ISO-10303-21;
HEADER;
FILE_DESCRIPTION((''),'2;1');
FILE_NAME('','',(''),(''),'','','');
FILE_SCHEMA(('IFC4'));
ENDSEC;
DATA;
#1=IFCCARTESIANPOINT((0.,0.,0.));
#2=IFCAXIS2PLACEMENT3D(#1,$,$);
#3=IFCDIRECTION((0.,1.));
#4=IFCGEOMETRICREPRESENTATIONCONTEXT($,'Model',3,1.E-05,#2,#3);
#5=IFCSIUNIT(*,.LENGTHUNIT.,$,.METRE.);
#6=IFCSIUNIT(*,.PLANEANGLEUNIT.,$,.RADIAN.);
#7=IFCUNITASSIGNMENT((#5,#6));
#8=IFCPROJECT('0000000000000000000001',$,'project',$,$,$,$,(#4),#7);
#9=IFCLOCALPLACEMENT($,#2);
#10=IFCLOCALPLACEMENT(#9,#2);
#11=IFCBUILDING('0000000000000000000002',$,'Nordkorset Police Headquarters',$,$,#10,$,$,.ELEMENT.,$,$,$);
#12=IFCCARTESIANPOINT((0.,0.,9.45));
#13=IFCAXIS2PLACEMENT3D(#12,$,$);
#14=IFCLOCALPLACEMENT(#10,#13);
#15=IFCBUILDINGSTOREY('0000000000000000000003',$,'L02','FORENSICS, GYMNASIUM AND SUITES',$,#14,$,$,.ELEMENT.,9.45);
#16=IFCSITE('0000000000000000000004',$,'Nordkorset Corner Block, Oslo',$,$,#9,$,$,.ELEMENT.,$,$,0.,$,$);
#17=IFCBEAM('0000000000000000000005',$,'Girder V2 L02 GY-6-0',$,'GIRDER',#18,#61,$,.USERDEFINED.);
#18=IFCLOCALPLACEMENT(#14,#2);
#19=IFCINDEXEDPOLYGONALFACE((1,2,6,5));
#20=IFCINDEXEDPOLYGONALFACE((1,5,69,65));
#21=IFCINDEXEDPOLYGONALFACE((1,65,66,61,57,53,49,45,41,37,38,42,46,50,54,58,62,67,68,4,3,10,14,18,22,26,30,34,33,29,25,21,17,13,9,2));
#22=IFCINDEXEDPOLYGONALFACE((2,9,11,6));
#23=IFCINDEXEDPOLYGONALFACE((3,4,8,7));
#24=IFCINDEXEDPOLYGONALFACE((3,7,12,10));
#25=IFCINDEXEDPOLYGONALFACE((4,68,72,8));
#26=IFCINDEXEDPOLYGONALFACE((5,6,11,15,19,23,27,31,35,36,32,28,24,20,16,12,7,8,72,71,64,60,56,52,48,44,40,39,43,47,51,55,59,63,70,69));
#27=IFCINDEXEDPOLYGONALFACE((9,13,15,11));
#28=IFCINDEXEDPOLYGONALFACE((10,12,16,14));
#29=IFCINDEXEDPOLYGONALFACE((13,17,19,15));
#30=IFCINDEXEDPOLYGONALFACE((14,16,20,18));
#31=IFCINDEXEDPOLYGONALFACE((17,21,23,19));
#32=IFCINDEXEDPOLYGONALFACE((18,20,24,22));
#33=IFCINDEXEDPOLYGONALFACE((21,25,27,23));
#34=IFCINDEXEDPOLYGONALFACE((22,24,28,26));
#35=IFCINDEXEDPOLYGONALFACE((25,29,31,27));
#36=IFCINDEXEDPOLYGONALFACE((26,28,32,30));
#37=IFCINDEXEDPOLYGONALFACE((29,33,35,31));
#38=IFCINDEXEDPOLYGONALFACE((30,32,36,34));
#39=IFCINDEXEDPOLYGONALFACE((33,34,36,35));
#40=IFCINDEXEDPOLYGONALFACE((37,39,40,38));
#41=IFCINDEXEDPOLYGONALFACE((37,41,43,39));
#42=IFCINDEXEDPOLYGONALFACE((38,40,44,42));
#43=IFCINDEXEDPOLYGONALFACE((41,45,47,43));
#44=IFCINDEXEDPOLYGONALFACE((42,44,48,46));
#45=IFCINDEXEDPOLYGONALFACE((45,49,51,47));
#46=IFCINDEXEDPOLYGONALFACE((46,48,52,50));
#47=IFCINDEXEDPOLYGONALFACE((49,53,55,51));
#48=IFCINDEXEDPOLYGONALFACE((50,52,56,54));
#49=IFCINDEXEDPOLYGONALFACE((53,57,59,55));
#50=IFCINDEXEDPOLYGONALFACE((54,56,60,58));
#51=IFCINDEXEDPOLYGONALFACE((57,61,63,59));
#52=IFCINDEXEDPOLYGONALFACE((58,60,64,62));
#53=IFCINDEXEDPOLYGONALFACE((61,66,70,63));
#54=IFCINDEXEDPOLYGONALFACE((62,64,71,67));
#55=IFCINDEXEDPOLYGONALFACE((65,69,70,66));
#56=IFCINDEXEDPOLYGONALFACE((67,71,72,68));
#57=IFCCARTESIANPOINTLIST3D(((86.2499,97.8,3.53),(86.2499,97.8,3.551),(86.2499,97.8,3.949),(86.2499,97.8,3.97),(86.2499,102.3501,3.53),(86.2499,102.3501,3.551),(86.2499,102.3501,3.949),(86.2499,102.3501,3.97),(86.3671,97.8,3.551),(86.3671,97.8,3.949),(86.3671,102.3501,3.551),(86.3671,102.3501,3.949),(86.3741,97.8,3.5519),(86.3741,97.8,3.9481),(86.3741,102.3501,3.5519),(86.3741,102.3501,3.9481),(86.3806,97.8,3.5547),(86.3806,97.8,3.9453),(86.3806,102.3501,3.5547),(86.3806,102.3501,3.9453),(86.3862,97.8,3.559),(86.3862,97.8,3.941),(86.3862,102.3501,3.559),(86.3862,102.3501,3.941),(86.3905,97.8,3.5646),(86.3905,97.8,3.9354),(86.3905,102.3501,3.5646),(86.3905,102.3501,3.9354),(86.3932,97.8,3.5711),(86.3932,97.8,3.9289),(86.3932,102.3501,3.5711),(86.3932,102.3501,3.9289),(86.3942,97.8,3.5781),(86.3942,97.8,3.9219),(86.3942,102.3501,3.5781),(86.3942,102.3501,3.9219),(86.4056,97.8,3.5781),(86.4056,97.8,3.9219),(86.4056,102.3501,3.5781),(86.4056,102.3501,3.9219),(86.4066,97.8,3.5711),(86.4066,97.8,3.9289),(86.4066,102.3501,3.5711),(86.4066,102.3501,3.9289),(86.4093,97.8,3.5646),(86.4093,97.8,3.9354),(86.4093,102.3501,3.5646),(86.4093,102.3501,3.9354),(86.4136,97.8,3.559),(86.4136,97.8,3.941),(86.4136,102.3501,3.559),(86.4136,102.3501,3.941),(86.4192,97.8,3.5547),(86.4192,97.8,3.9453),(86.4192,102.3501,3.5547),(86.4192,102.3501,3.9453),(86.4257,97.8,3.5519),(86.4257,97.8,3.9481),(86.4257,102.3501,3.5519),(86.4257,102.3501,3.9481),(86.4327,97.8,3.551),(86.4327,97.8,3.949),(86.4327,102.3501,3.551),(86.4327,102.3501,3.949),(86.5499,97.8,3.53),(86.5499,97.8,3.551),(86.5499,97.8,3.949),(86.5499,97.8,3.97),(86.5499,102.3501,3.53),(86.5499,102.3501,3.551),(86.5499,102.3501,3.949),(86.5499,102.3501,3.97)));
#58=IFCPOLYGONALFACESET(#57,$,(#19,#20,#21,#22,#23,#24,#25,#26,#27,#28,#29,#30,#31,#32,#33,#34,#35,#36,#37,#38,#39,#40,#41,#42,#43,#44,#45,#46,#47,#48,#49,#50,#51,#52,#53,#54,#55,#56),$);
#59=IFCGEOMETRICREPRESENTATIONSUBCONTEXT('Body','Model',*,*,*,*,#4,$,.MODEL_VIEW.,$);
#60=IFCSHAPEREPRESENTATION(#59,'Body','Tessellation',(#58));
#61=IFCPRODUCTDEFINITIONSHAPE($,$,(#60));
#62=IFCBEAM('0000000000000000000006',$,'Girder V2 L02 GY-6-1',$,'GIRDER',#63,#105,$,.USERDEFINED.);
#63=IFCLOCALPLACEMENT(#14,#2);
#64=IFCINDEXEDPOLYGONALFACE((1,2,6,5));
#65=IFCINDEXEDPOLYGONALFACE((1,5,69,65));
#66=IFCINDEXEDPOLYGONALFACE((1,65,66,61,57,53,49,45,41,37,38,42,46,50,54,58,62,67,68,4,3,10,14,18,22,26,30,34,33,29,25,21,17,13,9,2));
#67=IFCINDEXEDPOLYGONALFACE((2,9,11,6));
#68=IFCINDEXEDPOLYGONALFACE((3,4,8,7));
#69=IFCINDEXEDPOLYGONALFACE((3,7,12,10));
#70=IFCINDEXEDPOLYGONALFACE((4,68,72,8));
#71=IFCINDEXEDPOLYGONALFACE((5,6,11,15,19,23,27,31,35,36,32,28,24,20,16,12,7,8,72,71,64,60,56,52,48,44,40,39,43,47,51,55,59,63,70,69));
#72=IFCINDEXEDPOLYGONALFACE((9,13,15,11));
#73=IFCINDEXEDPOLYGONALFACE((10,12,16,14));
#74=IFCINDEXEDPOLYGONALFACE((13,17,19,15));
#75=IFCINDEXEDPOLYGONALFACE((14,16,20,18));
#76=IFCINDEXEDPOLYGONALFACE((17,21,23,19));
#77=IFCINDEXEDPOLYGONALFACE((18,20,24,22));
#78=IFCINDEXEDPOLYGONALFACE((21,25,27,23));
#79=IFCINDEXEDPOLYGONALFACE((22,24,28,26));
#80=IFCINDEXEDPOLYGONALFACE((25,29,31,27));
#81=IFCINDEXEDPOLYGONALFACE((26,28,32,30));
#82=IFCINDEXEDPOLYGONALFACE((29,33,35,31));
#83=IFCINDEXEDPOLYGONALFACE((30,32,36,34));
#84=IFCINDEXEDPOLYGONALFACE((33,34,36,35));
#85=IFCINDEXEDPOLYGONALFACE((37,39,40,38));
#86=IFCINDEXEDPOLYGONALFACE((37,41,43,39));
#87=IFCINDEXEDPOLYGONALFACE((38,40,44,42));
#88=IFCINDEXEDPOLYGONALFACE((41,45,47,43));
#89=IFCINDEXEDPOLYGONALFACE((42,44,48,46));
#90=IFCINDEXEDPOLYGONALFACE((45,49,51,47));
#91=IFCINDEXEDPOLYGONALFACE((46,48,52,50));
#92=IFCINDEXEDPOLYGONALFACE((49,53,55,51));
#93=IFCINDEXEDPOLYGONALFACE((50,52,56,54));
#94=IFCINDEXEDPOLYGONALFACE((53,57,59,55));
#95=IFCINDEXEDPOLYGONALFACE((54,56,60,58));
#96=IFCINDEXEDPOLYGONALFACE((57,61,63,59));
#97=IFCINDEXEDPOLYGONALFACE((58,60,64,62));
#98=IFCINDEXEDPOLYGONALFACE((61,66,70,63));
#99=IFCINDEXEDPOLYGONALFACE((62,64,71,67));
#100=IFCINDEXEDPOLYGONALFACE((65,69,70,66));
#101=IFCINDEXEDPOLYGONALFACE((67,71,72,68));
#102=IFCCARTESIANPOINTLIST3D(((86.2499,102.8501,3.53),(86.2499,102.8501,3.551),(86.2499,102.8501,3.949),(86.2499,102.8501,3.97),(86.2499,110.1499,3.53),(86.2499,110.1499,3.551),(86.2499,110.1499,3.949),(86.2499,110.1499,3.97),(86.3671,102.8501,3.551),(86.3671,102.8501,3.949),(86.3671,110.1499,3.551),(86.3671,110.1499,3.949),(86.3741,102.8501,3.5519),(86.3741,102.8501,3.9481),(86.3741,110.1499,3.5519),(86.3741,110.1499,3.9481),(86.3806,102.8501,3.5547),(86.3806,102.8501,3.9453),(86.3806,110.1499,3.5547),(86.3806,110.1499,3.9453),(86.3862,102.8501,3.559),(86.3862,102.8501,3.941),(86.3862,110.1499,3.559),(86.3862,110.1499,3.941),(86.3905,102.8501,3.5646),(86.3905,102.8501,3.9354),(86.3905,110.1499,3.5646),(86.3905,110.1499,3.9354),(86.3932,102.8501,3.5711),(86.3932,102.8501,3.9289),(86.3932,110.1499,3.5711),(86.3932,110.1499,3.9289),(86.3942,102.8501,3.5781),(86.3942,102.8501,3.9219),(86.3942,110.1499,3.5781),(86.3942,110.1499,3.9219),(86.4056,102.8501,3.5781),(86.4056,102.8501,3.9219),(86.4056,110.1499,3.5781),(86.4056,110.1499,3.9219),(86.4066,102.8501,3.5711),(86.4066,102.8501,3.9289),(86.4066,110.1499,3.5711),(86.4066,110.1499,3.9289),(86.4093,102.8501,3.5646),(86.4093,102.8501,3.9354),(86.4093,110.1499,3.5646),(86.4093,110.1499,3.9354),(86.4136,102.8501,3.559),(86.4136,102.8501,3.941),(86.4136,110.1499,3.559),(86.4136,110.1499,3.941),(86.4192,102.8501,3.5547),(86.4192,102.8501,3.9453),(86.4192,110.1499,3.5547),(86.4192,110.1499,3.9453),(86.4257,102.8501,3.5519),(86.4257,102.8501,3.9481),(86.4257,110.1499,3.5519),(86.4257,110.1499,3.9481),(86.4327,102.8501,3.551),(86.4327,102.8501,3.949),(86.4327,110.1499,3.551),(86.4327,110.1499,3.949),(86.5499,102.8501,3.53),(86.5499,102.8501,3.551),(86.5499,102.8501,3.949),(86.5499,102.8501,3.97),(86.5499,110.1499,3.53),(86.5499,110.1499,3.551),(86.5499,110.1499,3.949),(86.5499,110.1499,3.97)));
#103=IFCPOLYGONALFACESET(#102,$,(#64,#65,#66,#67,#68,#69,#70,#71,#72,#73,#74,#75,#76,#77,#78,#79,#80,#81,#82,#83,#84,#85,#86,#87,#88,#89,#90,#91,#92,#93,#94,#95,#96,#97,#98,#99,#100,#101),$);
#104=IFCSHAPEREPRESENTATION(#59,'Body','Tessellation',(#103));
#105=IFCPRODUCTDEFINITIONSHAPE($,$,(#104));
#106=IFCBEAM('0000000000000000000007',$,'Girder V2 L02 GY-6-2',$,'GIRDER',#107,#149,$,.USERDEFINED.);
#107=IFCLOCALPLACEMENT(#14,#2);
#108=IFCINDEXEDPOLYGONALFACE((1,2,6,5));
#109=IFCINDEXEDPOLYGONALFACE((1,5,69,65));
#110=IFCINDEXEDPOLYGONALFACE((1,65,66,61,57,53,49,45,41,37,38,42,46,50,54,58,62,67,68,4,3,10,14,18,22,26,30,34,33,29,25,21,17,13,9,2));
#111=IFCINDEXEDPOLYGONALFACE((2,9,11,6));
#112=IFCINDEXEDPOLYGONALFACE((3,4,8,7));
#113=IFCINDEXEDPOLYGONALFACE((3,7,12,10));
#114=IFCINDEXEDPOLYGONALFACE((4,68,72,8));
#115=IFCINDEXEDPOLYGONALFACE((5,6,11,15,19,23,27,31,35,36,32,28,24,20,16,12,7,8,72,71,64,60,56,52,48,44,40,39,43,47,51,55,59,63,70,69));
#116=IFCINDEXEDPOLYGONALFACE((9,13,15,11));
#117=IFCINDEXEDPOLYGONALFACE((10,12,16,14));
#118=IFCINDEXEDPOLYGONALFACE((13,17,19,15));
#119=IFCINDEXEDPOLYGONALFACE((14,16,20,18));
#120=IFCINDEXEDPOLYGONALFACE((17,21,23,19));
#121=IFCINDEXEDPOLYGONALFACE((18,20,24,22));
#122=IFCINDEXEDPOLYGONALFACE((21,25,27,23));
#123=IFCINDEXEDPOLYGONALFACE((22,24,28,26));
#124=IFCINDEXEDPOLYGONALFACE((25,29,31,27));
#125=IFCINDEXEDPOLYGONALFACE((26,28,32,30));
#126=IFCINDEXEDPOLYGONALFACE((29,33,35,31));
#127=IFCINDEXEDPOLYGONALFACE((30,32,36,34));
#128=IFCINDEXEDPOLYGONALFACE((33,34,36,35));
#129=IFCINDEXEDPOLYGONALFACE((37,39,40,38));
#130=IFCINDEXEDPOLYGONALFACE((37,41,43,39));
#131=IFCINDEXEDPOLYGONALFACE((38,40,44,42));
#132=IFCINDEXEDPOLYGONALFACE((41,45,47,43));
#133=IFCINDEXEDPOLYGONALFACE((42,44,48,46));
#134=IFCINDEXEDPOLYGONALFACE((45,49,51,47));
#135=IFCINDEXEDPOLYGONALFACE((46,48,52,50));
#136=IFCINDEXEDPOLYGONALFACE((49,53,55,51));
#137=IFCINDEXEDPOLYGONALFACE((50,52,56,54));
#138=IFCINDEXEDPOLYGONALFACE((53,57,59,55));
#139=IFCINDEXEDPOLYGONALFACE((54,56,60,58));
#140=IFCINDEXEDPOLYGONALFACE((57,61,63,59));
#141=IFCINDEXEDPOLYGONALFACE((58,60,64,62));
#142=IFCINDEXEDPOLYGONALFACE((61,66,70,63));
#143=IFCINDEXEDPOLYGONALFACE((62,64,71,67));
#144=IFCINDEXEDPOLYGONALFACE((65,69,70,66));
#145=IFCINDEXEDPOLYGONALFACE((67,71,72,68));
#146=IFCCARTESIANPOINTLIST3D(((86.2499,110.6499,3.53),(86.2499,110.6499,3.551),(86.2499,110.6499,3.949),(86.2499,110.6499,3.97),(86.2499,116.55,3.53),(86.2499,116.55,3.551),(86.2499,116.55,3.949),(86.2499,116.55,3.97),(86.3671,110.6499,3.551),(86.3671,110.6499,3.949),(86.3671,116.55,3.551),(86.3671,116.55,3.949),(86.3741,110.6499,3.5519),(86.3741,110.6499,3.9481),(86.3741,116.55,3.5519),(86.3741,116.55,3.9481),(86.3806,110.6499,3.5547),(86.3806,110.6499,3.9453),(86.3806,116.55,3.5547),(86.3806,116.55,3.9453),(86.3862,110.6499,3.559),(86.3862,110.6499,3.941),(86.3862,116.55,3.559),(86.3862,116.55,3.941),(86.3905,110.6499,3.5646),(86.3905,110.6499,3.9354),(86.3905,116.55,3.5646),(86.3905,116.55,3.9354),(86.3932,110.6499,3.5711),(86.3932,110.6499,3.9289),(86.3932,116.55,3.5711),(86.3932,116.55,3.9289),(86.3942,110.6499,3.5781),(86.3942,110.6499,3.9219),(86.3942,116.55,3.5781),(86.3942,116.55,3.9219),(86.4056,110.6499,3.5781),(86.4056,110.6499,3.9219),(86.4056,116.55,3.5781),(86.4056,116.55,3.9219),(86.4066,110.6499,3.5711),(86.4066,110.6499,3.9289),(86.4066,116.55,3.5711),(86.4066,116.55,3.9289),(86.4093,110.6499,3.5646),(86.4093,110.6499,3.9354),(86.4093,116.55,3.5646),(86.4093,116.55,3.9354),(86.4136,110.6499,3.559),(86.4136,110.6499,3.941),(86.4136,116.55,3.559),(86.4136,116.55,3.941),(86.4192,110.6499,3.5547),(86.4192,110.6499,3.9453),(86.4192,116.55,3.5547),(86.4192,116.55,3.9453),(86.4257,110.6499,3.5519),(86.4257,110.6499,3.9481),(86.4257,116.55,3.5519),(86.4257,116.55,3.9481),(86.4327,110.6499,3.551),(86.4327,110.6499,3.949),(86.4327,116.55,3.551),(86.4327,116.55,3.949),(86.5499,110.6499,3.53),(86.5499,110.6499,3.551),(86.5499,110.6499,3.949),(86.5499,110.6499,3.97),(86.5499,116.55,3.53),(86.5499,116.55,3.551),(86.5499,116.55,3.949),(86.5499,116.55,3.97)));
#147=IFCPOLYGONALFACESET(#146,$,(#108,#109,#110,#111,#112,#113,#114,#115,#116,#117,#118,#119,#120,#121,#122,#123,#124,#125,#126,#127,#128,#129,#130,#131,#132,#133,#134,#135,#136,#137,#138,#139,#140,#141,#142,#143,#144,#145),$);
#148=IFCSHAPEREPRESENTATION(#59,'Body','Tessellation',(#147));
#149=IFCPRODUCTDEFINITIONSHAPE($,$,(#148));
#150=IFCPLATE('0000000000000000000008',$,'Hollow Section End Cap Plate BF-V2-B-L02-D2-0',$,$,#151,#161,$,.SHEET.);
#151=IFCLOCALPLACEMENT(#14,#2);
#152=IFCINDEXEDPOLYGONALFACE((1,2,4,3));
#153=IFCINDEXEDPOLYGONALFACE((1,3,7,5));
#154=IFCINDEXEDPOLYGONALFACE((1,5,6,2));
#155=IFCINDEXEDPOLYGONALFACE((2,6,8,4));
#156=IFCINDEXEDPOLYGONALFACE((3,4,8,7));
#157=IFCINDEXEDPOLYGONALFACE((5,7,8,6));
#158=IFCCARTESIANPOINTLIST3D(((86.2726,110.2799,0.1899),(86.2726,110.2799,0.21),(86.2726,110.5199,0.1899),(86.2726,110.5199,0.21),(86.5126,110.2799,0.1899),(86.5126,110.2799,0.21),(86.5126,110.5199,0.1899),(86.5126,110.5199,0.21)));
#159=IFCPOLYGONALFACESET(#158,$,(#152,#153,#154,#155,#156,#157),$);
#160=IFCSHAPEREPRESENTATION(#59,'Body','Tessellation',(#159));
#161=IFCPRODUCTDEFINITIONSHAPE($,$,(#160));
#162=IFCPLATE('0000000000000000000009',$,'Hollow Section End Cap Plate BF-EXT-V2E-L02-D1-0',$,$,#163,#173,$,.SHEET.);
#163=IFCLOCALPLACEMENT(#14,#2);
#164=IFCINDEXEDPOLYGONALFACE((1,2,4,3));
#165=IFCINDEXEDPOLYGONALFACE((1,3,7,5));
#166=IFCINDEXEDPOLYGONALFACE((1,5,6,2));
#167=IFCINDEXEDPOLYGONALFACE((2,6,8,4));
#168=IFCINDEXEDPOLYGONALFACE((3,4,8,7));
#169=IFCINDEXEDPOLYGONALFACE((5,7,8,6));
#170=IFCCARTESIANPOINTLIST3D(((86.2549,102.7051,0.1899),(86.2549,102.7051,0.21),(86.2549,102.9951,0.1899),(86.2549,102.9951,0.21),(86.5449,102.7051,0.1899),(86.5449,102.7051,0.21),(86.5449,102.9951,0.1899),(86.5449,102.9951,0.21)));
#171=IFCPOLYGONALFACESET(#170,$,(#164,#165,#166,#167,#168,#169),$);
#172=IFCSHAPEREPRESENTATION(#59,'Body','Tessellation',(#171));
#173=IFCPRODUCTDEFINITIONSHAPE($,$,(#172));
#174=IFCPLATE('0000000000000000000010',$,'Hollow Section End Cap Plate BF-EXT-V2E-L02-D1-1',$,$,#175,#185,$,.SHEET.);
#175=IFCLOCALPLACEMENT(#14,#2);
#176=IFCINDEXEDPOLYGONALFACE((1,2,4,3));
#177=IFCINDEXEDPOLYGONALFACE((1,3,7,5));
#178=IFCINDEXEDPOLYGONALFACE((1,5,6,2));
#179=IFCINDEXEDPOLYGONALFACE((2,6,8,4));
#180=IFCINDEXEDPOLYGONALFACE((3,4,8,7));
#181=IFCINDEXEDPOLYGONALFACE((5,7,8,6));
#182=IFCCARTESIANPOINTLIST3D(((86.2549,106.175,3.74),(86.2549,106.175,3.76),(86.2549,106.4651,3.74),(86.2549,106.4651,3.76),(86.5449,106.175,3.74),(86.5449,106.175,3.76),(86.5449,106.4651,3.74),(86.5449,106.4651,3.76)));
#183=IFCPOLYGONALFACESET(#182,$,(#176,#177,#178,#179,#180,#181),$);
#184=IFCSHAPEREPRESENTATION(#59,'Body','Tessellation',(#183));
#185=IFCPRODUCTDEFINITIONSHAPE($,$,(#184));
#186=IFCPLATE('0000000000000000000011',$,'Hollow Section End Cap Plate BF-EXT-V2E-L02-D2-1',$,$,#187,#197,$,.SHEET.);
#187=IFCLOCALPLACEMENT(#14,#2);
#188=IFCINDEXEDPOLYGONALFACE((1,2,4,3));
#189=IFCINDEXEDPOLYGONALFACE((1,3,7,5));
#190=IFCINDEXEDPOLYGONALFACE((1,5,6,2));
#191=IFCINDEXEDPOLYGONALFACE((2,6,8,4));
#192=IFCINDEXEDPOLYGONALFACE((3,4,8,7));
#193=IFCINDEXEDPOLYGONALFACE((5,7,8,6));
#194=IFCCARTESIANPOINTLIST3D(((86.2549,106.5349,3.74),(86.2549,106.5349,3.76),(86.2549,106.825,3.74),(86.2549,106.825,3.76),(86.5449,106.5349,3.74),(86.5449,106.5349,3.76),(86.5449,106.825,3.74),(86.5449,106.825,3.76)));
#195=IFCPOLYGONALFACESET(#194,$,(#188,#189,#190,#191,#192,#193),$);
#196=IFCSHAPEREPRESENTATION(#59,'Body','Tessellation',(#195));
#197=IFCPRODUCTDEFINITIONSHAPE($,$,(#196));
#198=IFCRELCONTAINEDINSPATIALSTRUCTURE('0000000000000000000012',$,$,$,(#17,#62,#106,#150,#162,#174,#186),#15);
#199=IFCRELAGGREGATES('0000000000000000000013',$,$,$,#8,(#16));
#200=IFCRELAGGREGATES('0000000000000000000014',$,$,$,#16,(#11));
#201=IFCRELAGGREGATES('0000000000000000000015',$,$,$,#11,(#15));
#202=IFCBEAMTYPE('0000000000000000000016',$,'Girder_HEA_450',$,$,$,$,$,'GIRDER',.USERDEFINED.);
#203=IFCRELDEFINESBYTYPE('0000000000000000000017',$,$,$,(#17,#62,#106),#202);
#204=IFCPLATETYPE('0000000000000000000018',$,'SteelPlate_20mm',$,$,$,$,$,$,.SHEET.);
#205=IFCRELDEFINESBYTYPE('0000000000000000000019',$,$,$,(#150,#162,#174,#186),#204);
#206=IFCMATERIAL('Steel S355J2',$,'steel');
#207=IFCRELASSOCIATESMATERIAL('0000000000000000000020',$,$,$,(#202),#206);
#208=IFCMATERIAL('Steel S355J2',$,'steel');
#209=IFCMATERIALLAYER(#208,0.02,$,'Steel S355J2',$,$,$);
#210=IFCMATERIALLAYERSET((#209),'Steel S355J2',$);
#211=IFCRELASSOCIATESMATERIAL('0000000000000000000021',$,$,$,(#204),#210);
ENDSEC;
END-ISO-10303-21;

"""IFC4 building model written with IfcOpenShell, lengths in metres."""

from ifc_helpers import new_model, si_unit, direction, frame, origin, origin_2d, place, context, subcontext, project, spatial, rectangle, i_section, extrude, material, layer, layer_set, material_profile, profile_set, type_object, element, save


model = new_model("IFC4")

# Units and contexts
model_context = context("Model", 3, precision=1e-05, world=origin(), true_north=direction((0.0, 1.0)))
body_context = subcontext(model_context, "Body", "Model", "MODEL_VIEW")
ifc_project = project(units=[si_unit("LENGTHUNIT", "METRE"), si_unit("PLANEANGLEUNIT", "RADIAN")], contexts=[model_context])

# Site, building, storey
site_placement = place(None, origin())
site = spatial("IfcSite", under=ifc_project, at=site_placement, Name="Nordkorset Corner Block, Oslo", CompositionType="ELEMENT", RefElevation=0.0)
building_placement = place(site_placement, origin())
building = spatial("IfcBuilding", under=site, at=building_placement, Name="Nordkorset Police Headquarters", CompositionType="ELEMENT")
storey_placement = place(building_placement, frame((0.0, 0.0, 9.45)))
storey = spatial("IfcBuildingStorey", under=building, at=storey_placement, Name="L02", Description="FORENSICS, GYMNASIUM AND SUITES", CompositionType="ELEMENT", Elevation=9.45)

# Beams
ifc_material_1 = material(Name="Steel S355J2", Category="steel")
ifc_material_profile_1 = material_profile(ifc_material_1, i_section(OverallWidth=0.3, OverallDepth=0.4399, WebThickness=0.0115, FlangeThickness=0.021, FilletRadius=0.0271, at=origin_2d()), Name="HEA 450")
ifc_profile_set_1 = profile_set([ifc_material_profile_1], Name="Steel S355J2")
beam_type = type_object("IfcBeamType", Name="Girder_HEA_450", ElementType="GIRDER", PredefinedType="USERDEFINED", material=ifc_profile_set_1)
beam_1_placement = place(storey_placement, frame((86.3999, 97.8, 3.75), z_axis=(0.0, 1.0, 0.0), x_axis=(-1.0, 0.0, 0.0)))
element("IfcBeam", 1, at=beam_1_placement, inside=storey, type_object=beam_type, Name="Girder V2 L02 GY-6-0", ObjectType="GIRDER", PredefinedType="USERDEFINED", context=body_context, shape_type="SweptSolid", body=[
    extrude(i_section(OverallWidth=0.3, OverallDepth=0.4399, WebThickness=0.0115, FlangeThickness=0.021, FilletRadius=0.0271, at=origin_2d()), origin(), (0.0, 0.0, 1.0), 4.55),
])
beam_2_placement = place(storey_placement, frame((86.3999, 102.8501, 3.75), z_axis=(0.0, 1.0, 0.0), x_axis=(-1.0, 0.0, 0.0)))
element("IfcBeam", 2, at=beam_2_placement, inside=storey, type_object=beam_type, Name="Girder V2 L02 GY-6-1", ObjectType="GIRDER", PredefinedType="USERDEFINED", context=body_context, shape_type="SweptSolid", body=[
    extrude(i_section(OverallWidth=0.3, OverallDepth=0.4399, WebThickness=0.0115, FlangeThickness=0.021, FilletRadius=0.0271, at=origin_2d()), origin(), (0.0, 0.0, 1.0), 7.2998),
])
beam_3_placement = place(storey_placement, frame((86.3999, 110.6499, 3.75), z_axis=(0.0, 1.0, 0.0), x_axis=(-1.0, 0.0, 0.0)))
element("IfcBeam", 3, at=beam_3_placement, inside=storey, type_object=beam_type, Name="Girder V2 L02 GY-6-2", ObjectType="GIRDER", PredefinedType="USERDEFINED", context=body_context, shape_type="SweptSolid", body=[
    extrude(i_section(OverallWidth=0.3, OverallDepth=0.4399, WebThickness=0.0115, FlangeThickness=0.021, FilletRadius=0.0271, at=origin_2d()), origin(), (0.0, 0.0, 1.0), 5.9001),
])

# Plates
ifc_material_2 = material(Name="Steel S355J2", Category="steel")
ifc_layer_1 = layer(ifc_material_2, 0.02, Name="Steel S355J2")
ifc_layer_set_1 = layer_set([ifc_layer_1], Name="Steel S355J2")
plate_type = type_object("IfcPlateType", Name="SteelPlate_20mm", PredefinedType="SHEET", material=ifc_layer_set_1)
plate_placement = place(storey_placement, frame((86.3926, 110.3999, 0.1899), z_axis=(0.0, 0.0, 1.0), x_axis=(1.0, 0.0, 0.0)))
element("IfcPlate", 4, at=plate_placement, inside=storey, type_object=plate_type, Name="Hollow Section End Cap Plate BF-V2-B-L02-D2-0", PredefinedType="SHEET", context=body_context, shape_type="SweptSolid", body=[
    extrude(rectangle(XDim=0.24, YDim=0.24, at=origin_2d()), origin(), (0.0, 0.0, 1.0), 0.02),
])
for number, where, z_axis, x_axis, name in (
    (5, (86.3999, 102.8501, 0.1899), (0.0, 0.0, 1.0), (1.0, 0.0, 0.0), "Hollow Section End Cap Plate BF-EXT-V2E-L02-D1-0"),
    (6, (86.3999, 106.3201, 3.74), (0.0, 0.0, 1.0), (1.0, 0.0, 0.0), "Hollow Section End Cap Plate BF-EXT-V2E-L02-D1-1"),
    (7, (86.3999, 106.6799, 3.74), (0.0, 0.0, 1.0), (1.0, 0.0, 0.0), "Hollow Section End Cap Plate BF-EXT-V2E-L02-D2-1"),
):
    element("IfcPlate", number, at=place(storey_placement, frame(where, z_axis=z_axis, x_axis=x_axis)), inside=storey, type_object=plate_type, Name=name, PredefinedType="SHEET", context=body_context, shape_type="SweptSolid", body=[
        extrude(rectangle(XDim=0.29, YDim=0.29, at=origin_2d()), origin(), (0.0, 0.0, 1.0), 0.02),
    ])

save(model, "model.ifc")
